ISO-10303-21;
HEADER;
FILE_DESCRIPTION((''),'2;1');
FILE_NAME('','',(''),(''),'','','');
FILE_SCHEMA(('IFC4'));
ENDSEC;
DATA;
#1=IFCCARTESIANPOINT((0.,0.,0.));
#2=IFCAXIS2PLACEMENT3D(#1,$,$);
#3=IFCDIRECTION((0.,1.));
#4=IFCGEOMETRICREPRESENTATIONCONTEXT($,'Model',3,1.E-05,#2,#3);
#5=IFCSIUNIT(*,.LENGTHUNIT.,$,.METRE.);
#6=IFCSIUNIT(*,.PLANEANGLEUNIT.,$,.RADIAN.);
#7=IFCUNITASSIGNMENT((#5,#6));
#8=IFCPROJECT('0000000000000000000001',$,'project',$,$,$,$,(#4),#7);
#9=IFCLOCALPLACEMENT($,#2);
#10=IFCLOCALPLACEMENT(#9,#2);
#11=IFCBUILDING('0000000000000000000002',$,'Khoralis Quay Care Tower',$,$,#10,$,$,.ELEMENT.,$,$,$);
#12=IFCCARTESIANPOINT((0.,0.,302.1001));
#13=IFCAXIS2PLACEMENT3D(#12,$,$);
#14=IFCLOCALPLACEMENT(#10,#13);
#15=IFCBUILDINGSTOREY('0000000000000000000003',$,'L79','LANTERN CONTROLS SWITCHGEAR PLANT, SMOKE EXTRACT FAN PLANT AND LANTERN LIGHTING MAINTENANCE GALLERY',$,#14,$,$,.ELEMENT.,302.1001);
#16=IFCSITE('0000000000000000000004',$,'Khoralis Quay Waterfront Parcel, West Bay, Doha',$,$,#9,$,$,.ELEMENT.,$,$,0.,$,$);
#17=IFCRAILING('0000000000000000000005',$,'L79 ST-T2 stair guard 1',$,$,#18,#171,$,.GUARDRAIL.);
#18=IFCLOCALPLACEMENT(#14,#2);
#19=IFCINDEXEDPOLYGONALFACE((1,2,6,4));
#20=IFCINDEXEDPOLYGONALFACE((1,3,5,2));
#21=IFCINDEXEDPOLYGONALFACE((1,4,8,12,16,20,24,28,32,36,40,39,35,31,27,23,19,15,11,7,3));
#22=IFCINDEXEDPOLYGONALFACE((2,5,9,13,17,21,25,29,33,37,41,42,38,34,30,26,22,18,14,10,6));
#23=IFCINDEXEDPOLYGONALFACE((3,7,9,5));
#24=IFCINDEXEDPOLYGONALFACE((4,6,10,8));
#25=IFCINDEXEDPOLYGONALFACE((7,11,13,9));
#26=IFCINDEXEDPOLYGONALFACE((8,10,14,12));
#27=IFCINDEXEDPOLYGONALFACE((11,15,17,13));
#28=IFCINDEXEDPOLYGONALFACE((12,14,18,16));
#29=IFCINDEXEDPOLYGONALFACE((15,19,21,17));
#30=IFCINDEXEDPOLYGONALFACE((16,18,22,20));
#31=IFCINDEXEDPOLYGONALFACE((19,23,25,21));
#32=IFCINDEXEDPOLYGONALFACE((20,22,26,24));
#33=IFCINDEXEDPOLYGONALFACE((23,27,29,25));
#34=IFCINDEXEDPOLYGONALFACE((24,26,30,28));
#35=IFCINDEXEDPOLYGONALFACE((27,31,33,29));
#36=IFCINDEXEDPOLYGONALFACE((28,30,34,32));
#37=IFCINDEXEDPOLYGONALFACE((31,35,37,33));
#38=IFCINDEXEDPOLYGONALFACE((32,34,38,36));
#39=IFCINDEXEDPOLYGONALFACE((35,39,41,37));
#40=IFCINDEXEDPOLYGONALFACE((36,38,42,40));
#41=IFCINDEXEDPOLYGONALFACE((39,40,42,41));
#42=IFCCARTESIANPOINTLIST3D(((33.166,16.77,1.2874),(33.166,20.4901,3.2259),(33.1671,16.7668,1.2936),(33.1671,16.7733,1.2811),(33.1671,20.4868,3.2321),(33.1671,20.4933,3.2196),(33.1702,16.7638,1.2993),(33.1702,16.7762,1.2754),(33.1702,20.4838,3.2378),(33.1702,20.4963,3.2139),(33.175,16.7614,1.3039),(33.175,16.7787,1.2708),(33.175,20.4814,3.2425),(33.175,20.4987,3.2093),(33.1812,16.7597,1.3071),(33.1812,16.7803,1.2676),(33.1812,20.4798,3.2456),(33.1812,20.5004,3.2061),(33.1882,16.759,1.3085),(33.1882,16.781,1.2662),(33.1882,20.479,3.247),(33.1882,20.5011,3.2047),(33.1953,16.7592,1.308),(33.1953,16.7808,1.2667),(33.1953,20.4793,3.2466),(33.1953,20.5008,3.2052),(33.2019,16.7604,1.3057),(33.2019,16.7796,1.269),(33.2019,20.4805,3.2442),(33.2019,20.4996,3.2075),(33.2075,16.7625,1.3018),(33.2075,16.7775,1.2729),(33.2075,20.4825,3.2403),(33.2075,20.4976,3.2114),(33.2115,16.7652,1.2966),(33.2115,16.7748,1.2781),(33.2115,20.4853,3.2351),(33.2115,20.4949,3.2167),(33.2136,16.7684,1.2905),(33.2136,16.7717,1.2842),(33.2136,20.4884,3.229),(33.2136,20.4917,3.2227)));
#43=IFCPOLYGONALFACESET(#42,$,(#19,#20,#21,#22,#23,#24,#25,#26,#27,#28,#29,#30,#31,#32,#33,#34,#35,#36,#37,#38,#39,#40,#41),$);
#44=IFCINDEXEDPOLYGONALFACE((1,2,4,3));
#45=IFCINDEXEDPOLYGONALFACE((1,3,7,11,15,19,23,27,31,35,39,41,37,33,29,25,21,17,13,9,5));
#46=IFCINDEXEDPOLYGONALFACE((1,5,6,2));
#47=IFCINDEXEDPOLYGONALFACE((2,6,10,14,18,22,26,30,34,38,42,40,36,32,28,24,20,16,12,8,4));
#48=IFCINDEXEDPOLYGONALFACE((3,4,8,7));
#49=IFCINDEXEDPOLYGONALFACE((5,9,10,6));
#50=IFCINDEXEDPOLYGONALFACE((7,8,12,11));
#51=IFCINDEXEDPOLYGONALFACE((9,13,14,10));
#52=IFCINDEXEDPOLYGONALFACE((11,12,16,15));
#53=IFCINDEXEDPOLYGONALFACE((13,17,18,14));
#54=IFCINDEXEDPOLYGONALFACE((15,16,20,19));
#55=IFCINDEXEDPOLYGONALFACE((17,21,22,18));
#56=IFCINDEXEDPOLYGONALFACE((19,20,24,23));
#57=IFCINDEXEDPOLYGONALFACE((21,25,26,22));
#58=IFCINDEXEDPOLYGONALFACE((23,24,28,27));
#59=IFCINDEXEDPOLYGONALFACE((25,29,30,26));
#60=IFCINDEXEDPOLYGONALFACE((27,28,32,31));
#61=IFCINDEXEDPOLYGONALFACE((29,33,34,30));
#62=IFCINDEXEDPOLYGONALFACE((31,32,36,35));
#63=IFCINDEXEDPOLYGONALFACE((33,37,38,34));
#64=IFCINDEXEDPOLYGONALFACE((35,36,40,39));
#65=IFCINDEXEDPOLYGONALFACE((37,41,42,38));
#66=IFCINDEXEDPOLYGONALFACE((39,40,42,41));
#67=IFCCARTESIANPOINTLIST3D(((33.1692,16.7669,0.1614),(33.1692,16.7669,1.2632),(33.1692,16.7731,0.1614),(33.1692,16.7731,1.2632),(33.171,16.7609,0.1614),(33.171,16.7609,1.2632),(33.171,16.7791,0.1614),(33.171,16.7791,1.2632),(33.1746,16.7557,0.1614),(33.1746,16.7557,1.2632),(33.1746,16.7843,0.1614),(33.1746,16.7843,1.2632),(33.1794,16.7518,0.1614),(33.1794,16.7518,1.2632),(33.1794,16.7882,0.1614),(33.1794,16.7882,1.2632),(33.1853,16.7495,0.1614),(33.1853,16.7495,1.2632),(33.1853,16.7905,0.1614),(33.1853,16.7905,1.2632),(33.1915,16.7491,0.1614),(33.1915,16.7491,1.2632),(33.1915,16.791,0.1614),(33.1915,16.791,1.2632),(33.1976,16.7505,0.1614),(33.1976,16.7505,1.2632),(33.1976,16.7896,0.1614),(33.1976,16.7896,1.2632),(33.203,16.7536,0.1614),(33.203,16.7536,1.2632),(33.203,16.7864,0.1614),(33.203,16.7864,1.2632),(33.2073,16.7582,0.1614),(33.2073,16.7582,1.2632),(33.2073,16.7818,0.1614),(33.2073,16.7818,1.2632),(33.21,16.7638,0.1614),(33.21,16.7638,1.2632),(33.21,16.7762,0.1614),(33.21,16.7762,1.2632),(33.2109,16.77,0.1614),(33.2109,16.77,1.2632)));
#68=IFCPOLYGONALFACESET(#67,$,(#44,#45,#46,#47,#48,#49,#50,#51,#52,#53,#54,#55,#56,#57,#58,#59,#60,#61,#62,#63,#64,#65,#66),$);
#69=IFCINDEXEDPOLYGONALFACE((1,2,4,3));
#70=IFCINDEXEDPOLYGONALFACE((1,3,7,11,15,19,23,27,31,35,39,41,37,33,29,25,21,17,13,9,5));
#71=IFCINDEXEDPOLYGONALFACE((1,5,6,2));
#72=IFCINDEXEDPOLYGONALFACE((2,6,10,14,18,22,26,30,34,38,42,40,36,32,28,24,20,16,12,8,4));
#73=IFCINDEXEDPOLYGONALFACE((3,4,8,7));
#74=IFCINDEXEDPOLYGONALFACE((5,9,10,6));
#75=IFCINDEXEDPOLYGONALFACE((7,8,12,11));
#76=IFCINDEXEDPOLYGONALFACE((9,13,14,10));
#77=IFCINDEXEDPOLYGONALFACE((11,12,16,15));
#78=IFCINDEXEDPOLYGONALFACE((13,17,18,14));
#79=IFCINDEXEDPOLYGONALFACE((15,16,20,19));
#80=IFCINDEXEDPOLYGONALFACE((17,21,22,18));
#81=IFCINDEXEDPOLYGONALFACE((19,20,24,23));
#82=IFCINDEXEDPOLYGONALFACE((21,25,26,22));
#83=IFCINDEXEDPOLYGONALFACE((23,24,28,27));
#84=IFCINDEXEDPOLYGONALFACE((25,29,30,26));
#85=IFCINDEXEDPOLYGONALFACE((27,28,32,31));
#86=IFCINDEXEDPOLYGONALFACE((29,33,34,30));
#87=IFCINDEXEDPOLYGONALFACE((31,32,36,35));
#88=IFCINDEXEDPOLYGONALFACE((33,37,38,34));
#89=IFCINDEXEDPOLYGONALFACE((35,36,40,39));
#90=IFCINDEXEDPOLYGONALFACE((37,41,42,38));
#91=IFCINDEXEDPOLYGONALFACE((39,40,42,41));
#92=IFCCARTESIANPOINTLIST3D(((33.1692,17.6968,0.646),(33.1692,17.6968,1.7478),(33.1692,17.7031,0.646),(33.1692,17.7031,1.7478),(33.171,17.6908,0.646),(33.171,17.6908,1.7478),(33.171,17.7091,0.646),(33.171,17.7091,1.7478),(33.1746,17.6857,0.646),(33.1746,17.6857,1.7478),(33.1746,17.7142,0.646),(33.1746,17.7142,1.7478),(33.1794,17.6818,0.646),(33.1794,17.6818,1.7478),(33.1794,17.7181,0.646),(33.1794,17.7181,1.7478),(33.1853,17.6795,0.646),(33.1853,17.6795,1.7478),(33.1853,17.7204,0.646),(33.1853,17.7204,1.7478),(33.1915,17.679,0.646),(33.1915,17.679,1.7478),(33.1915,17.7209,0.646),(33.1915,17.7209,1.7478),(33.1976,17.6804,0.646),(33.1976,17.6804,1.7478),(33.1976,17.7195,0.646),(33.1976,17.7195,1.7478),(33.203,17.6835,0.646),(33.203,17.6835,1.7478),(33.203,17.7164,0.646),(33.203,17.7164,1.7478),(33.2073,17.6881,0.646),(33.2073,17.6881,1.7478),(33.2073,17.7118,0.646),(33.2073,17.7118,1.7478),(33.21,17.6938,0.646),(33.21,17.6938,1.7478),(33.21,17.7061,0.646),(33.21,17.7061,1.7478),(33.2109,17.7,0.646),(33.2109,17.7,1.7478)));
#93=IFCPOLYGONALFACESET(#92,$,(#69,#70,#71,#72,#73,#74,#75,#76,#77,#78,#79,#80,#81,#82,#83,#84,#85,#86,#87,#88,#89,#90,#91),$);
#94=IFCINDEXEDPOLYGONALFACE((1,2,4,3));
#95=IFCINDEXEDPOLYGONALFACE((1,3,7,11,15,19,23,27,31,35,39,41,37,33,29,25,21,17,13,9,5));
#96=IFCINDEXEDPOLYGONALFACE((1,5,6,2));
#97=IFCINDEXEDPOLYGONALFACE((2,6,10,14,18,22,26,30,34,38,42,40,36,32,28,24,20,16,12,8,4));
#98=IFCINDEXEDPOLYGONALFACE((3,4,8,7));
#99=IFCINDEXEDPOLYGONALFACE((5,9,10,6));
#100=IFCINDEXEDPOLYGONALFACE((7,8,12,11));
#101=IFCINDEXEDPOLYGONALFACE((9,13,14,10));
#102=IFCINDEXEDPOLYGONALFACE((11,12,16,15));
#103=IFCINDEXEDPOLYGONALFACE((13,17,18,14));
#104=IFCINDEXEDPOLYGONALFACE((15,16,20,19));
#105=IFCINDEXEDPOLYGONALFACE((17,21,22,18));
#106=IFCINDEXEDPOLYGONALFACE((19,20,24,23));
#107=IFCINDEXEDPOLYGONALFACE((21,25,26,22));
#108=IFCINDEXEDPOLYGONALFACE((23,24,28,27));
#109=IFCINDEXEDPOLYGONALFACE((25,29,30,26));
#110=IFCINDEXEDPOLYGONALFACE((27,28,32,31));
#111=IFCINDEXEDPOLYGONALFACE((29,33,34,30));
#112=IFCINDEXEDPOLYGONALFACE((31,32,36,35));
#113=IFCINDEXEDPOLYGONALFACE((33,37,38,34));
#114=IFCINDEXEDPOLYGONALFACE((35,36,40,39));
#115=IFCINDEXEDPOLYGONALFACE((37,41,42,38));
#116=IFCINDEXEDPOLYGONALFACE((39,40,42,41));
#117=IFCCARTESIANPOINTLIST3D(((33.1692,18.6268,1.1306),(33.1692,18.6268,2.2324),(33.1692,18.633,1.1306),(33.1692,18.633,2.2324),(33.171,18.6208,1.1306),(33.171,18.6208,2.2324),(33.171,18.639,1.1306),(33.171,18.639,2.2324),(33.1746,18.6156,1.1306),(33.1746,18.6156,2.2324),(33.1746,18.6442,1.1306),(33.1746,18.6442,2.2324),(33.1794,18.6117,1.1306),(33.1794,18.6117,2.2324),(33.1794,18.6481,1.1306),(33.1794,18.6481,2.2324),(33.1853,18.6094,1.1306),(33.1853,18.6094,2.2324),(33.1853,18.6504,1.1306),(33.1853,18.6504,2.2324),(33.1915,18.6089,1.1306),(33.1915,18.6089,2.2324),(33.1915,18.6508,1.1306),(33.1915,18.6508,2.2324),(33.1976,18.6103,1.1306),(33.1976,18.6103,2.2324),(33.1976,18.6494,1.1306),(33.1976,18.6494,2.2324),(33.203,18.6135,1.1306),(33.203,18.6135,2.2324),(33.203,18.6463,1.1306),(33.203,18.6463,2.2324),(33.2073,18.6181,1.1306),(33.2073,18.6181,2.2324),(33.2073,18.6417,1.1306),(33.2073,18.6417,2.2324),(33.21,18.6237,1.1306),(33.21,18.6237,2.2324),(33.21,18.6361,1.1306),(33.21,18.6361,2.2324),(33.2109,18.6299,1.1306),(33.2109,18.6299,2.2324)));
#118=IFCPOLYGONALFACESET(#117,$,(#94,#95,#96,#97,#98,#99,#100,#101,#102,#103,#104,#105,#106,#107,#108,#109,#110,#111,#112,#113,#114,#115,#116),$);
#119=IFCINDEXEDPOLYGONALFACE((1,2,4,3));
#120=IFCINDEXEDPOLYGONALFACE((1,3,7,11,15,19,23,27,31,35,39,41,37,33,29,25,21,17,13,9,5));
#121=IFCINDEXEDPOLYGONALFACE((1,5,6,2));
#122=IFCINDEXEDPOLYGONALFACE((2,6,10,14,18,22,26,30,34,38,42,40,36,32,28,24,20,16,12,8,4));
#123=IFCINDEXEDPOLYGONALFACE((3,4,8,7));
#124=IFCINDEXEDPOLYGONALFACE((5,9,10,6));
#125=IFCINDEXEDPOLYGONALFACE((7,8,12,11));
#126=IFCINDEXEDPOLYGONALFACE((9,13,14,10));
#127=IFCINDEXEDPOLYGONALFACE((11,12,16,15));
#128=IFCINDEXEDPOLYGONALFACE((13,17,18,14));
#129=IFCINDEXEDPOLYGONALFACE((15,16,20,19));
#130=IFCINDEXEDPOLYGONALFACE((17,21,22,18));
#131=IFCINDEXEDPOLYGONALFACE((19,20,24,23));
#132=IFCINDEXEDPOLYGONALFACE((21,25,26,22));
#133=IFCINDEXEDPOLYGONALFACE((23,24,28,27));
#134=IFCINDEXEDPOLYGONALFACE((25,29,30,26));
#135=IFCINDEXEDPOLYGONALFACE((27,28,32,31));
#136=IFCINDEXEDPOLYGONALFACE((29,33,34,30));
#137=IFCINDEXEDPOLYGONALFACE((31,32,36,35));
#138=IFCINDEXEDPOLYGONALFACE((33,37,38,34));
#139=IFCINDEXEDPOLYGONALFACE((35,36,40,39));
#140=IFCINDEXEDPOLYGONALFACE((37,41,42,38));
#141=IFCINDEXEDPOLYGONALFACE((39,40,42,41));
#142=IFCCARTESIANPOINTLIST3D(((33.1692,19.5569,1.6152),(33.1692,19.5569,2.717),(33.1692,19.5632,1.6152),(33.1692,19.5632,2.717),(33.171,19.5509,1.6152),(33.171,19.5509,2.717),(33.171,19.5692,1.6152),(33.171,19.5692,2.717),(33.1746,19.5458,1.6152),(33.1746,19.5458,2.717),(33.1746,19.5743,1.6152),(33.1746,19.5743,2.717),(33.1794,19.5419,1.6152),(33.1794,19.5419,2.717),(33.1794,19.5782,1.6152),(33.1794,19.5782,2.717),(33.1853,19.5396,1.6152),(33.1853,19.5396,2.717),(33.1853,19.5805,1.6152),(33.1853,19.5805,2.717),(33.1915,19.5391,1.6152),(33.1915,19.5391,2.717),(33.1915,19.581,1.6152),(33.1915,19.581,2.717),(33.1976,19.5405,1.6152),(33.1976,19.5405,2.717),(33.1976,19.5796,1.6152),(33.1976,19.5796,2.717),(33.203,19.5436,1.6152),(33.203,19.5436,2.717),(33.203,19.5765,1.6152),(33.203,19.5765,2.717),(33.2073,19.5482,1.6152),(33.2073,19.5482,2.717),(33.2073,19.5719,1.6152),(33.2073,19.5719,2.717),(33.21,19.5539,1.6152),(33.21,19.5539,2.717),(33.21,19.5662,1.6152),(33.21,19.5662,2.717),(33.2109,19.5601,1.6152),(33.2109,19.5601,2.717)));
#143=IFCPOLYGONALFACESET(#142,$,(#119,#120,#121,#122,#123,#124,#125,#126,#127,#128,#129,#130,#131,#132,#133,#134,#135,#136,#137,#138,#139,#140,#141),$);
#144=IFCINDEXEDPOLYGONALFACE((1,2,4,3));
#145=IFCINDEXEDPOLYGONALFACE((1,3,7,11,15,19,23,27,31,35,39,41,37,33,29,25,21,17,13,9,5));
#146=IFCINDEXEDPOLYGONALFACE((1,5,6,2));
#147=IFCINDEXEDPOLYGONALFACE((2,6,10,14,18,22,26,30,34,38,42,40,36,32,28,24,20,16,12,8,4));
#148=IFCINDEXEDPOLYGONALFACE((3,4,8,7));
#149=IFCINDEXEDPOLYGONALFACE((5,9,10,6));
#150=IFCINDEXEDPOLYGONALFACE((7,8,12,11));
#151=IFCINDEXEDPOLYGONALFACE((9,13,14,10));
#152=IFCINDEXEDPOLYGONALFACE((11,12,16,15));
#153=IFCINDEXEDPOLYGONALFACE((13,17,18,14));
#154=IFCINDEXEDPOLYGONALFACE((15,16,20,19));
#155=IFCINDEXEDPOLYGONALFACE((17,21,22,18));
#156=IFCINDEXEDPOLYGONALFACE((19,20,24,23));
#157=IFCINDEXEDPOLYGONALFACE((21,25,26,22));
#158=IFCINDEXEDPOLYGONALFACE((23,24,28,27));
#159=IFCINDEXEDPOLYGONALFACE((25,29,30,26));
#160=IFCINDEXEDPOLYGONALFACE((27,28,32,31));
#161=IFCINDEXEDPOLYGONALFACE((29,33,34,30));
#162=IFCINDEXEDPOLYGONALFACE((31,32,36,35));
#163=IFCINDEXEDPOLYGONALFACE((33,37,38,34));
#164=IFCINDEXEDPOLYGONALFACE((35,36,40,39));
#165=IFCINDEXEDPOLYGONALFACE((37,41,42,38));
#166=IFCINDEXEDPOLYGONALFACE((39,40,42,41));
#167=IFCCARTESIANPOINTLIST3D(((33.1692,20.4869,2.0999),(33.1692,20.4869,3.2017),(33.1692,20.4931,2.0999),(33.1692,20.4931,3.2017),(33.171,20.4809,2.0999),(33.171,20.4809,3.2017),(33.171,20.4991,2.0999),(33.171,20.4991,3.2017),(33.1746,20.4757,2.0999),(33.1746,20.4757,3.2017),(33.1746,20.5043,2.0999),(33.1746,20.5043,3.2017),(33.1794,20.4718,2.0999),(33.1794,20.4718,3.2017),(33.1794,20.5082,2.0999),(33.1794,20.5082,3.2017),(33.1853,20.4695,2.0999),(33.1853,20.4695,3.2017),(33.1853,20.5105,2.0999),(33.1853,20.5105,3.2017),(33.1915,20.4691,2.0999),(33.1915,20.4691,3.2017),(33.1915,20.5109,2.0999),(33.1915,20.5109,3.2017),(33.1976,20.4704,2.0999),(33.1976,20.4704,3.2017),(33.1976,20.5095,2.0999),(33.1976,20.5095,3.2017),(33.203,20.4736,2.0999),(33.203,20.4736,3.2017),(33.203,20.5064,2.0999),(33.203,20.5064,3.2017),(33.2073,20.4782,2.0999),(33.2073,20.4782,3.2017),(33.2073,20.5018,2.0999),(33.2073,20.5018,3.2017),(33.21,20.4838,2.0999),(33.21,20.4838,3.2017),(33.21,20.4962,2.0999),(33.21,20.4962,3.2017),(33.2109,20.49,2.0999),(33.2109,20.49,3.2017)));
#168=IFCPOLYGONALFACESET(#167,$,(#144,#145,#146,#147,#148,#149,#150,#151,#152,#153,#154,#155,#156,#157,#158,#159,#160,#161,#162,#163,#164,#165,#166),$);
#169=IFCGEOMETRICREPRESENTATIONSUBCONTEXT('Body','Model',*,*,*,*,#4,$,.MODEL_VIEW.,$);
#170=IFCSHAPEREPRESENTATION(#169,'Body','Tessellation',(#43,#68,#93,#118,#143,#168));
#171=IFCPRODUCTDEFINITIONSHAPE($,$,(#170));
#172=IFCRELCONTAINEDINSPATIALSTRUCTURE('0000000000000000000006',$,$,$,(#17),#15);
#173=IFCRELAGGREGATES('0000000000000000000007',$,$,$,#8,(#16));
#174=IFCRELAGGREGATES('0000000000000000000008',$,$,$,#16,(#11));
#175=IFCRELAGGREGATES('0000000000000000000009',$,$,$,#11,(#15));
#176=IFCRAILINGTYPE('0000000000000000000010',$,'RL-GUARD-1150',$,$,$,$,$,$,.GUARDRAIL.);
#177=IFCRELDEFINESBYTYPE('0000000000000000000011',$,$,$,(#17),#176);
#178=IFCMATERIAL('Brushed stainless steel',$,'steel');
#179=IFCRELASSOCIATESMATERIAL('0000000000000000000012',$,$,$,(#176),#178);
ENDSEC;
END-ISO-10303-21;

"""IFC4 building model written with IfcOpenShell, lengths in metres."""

from ifc_helpers import new_model, si_unit, direction, frame, origin, origin_2d, place, context, subcontext, project, spatial, circle, extrude, material, type_object, element, save


model = new_model("IFC4")

# Units and contexts
model_context = context("Model", 3, precision=1e-05, world=origin(), true_north=direction((0.0, 1.0)))
body_context = subcontext(model_context, "Body", "Model", "MODEL_VIEW")
ifc_project = project(units=[si_unit("LENGTHUNIT", "METRE"), si_unit("PLANEANGLEUNIT", "RADIAN")], contexts=[model_context])

# Site, building, storey
site_placement = place(None, origin())
site = spatial("IfcSite", under=ifc_project, at=site_placement, Name="Khoralis Quay Waterfront Parcel, West Bay, Doha", CompositionType="ELEMENT", RefElevation=0.0)
building_placement = place(site_placement, origin())
building = spatial("IfcBuilding", under=site, at=building_placement, Name="Khoralis Quay Care Tower", CompositionType="ELEMENT")
storey_placement = place(building_placement, frame((0.0, 0.0, 302.1001)))
storey = spatial("IfcBuildingStorey", under=building, at=storey_placement, Name="L79", Description="LANTERN CONTROLS SWITCHGEAR PLANT, SMOKE EXTRACT FAN PLANT AND LANTERN LIGHTING MAINTENANCE GALLERY", CompositionType="ELEMENT", Elevation=302.1001)

# Shared definitions
ifc_material_1 = material(Name="Brushed stainless steel", Category="steel")

# Railing
railing_type_1 = type_object("IfcRailingType", Name="RL-GUARD-1150", PredefinedType="GUARDRAIL", material=ifc_material_1)
railing_1_placement = place(storey_placement, frame((33.1899, 16.77, 0.1614)))
element("IfcRailing", 1, at=railing_1_placement, inside=storey, type_object=railing_type_1, Name="L79 ST-T2 stair guard 1", PredefinedType="GUARDRAIL", context=body_context, shape_type="SweptSolid", body=[
    extrude(circle(Radius=0.0239, at=origin_2d()), frame((0.0, 0.0, 1.126), z_axis=(0.0, 0.886817, 0.46212), x_axis=(-1.0, 0.0, 0.0)), (0.0, 0.0, 1.0), 4.1948),
    extrude(circle(Radius=0.021, at=origin_2d()), origin(), (0.0, 0.0, 1.0), 1.1018),
    extrude(circle(Radius=0.021, at=origin_2d()), frame((0.0, 0.9299, 0.4846)), (0.0, 0.0, 1.0), 1.1018),
    extrude(circle(Radius=0.021, at=origin_2d()), frame((0.0, 1.8599, 0.9692)), (0.0, 0.0, 1.0), 1.1018),
    extrude(circle(Radius=0.021, at=origin_2d()), frame((0.0, 2.79, 1.4539)), (0.0, 0.0, 1.0), 1.1018),
    extrude(circle(Radius=0.021, at=origin_2d()), frame((0.0, 3.72, 1.9385)), (0.0, 0.0, 1.0), 1.1018),
])

save(model, "model.ifc")
